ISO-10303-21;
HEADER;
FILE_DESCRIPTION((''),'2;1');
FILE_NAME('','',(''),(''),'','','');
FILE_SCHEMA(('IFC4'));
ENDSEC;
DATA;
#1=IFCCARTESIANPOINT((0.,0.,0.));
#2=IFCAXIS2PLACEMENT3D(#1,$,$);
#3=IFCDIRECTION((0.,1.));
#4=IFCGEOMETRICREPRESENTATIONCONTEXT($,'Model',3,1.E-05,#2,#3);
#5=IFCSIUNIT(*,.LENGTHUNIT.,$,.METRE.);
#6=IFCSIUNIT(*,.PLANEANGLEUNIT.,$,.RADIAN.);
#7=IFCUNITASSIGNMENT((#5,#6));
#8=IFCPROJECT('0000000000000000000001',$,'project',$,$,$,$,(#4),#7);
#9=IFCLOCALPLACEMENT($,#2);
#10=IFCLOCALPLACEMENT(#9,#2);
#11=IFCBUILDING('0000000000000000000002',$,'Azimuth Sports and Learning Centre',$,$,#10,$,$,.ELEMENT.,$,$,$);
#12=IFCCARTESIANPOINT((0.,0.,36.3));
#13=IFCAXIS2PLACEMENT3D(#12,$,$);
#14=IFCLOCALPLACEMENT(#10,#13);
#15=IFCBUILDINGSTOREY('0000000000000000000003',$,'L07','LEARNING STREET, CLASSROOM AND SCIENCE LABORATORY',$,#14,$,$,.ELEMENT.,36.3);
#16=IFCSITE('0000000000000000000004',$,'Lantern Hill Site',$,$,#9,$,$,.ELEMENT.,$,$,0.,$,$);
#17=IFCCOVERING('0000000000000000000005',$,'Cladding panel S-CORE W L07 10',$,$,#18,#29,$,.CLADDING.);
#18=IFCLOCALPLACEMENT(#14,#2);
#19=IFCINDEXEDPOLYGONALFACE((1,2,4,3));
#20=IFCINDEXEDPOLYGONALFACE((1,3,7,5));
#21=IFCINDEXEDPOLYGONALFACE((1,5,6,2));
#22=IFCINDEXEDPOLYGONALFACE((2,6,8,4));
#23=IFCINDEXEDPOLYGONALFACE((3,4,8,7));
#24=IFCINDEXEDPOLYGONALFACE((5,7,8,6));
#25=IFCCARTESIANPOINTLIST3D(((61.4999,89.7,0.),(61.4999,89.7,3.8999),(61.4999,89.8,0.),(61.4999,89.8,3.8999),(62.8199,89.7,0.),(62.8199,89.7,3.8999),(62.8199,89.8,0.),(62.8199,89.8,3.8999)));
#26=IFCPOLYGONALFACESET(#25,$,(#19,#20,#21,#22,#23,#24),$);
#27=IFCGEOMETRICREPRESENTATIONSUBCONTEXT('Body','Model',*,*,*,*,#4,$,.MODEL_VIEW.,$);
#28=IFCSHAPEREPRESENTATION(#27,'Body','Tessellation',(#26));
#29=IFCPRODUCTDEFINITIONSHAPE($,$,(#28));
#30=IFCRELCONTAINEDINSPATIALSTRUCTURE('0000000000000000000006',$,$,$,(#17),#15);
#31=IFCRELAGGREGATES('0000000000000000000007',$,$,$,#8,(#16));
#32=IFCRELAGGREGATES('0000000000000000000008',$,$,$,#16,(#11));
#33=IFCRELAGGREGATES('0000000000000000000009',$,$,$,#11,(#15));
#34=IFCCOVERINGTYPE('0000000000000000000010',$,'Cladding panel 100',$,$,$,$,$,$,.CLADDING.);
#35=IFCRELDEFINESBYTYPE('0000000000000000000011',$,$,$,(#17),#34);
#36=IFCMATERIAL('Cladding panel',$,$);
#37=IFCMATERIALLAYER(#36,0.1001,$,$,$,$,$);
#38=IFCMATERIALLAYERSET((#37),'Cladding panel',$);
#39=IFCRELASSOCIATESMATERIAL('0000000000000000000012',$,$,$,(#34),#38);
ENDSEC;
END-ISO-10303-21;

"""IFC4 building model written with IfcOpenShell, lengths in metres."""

from ifc_helpers import new_model, si_unit, direction, frame, origin, origin_2d, place, context, subcontext, project, spatial, rectangle, extrude, material, layer, layer_set, type_object, element, save


model = new_model("IFC4")

# Units and contexts
model_context = context("Model", 3, precision=1e-05, world=origin(), true_north=direction((0.0, 1.0)))
body_context = subcontext(model_context, "Body", "Model", "MODEL_VIEW")
ifc_project = project(units=[si_unit("LENGTHUNIT", "METRE"), si_unit("PLANEANGLEUNIT", "RADIAN")], contexts=[model_context])

# Site, building, storey
site_placement = place(None, origin())
site = spatial("IfcSite", under=ifc_project, at=site_placement, Name="Lantern Hill Site", CompositionType="ELEMENT", RefElevation=0.0)
building_placement = place(site_placement, origin())
building = spatial("IfcBuilding", under=site, at=building_placement, Name="Azimuth Sports and Learning Centre", CompositionType="ELEMENT")
storey_placement = place(building_placement, frame((0.0, 0.0, 36.3)))
storey = spatial("IfcBuildingStorey", under=building, at=storey_placement, Name="L07", Description="LEARNING STREET, CLASSROOM AND SCIENCE LABORATORY", CompositionType="ELEMENT", Elevation=36.3)

# Covering
ifc_material_1 = material(Name="Cladding panel")
ifc_layer_1 = layer(ifc_material_1, 0.1001)
ifc_layer_set_1 = layer_set([ifc_layer_1], Name="Cladding panel")
covering_type = type_object("IfcCoveringType", Name="Cladding panel 100", PredefinedType="CLADDING", material=ifc_layer_set_1)
covering_1_placement = place(storey_placement, frame((62.1599, 89.75, 0.0), z_axis=(0.0, 0.0, 1.0), x_axis=(1.0, 0.0, 0.0)))
element("IfcCovering", 1, at=covering_1_placement, inside=storey, type_object=covering_type, Name="Cladding panel S-CORE W L07 10", PredefinedType="CLADDING", context=body_context, shape_type="SweptSolid", body=[
    extrude(rectangle(XDim=1.3201, YDim=0.1001, at=origin_2d()), origin(), (0.0, 0.0, 1.0), 3.8999),
])

save(model, "model.ifc")
